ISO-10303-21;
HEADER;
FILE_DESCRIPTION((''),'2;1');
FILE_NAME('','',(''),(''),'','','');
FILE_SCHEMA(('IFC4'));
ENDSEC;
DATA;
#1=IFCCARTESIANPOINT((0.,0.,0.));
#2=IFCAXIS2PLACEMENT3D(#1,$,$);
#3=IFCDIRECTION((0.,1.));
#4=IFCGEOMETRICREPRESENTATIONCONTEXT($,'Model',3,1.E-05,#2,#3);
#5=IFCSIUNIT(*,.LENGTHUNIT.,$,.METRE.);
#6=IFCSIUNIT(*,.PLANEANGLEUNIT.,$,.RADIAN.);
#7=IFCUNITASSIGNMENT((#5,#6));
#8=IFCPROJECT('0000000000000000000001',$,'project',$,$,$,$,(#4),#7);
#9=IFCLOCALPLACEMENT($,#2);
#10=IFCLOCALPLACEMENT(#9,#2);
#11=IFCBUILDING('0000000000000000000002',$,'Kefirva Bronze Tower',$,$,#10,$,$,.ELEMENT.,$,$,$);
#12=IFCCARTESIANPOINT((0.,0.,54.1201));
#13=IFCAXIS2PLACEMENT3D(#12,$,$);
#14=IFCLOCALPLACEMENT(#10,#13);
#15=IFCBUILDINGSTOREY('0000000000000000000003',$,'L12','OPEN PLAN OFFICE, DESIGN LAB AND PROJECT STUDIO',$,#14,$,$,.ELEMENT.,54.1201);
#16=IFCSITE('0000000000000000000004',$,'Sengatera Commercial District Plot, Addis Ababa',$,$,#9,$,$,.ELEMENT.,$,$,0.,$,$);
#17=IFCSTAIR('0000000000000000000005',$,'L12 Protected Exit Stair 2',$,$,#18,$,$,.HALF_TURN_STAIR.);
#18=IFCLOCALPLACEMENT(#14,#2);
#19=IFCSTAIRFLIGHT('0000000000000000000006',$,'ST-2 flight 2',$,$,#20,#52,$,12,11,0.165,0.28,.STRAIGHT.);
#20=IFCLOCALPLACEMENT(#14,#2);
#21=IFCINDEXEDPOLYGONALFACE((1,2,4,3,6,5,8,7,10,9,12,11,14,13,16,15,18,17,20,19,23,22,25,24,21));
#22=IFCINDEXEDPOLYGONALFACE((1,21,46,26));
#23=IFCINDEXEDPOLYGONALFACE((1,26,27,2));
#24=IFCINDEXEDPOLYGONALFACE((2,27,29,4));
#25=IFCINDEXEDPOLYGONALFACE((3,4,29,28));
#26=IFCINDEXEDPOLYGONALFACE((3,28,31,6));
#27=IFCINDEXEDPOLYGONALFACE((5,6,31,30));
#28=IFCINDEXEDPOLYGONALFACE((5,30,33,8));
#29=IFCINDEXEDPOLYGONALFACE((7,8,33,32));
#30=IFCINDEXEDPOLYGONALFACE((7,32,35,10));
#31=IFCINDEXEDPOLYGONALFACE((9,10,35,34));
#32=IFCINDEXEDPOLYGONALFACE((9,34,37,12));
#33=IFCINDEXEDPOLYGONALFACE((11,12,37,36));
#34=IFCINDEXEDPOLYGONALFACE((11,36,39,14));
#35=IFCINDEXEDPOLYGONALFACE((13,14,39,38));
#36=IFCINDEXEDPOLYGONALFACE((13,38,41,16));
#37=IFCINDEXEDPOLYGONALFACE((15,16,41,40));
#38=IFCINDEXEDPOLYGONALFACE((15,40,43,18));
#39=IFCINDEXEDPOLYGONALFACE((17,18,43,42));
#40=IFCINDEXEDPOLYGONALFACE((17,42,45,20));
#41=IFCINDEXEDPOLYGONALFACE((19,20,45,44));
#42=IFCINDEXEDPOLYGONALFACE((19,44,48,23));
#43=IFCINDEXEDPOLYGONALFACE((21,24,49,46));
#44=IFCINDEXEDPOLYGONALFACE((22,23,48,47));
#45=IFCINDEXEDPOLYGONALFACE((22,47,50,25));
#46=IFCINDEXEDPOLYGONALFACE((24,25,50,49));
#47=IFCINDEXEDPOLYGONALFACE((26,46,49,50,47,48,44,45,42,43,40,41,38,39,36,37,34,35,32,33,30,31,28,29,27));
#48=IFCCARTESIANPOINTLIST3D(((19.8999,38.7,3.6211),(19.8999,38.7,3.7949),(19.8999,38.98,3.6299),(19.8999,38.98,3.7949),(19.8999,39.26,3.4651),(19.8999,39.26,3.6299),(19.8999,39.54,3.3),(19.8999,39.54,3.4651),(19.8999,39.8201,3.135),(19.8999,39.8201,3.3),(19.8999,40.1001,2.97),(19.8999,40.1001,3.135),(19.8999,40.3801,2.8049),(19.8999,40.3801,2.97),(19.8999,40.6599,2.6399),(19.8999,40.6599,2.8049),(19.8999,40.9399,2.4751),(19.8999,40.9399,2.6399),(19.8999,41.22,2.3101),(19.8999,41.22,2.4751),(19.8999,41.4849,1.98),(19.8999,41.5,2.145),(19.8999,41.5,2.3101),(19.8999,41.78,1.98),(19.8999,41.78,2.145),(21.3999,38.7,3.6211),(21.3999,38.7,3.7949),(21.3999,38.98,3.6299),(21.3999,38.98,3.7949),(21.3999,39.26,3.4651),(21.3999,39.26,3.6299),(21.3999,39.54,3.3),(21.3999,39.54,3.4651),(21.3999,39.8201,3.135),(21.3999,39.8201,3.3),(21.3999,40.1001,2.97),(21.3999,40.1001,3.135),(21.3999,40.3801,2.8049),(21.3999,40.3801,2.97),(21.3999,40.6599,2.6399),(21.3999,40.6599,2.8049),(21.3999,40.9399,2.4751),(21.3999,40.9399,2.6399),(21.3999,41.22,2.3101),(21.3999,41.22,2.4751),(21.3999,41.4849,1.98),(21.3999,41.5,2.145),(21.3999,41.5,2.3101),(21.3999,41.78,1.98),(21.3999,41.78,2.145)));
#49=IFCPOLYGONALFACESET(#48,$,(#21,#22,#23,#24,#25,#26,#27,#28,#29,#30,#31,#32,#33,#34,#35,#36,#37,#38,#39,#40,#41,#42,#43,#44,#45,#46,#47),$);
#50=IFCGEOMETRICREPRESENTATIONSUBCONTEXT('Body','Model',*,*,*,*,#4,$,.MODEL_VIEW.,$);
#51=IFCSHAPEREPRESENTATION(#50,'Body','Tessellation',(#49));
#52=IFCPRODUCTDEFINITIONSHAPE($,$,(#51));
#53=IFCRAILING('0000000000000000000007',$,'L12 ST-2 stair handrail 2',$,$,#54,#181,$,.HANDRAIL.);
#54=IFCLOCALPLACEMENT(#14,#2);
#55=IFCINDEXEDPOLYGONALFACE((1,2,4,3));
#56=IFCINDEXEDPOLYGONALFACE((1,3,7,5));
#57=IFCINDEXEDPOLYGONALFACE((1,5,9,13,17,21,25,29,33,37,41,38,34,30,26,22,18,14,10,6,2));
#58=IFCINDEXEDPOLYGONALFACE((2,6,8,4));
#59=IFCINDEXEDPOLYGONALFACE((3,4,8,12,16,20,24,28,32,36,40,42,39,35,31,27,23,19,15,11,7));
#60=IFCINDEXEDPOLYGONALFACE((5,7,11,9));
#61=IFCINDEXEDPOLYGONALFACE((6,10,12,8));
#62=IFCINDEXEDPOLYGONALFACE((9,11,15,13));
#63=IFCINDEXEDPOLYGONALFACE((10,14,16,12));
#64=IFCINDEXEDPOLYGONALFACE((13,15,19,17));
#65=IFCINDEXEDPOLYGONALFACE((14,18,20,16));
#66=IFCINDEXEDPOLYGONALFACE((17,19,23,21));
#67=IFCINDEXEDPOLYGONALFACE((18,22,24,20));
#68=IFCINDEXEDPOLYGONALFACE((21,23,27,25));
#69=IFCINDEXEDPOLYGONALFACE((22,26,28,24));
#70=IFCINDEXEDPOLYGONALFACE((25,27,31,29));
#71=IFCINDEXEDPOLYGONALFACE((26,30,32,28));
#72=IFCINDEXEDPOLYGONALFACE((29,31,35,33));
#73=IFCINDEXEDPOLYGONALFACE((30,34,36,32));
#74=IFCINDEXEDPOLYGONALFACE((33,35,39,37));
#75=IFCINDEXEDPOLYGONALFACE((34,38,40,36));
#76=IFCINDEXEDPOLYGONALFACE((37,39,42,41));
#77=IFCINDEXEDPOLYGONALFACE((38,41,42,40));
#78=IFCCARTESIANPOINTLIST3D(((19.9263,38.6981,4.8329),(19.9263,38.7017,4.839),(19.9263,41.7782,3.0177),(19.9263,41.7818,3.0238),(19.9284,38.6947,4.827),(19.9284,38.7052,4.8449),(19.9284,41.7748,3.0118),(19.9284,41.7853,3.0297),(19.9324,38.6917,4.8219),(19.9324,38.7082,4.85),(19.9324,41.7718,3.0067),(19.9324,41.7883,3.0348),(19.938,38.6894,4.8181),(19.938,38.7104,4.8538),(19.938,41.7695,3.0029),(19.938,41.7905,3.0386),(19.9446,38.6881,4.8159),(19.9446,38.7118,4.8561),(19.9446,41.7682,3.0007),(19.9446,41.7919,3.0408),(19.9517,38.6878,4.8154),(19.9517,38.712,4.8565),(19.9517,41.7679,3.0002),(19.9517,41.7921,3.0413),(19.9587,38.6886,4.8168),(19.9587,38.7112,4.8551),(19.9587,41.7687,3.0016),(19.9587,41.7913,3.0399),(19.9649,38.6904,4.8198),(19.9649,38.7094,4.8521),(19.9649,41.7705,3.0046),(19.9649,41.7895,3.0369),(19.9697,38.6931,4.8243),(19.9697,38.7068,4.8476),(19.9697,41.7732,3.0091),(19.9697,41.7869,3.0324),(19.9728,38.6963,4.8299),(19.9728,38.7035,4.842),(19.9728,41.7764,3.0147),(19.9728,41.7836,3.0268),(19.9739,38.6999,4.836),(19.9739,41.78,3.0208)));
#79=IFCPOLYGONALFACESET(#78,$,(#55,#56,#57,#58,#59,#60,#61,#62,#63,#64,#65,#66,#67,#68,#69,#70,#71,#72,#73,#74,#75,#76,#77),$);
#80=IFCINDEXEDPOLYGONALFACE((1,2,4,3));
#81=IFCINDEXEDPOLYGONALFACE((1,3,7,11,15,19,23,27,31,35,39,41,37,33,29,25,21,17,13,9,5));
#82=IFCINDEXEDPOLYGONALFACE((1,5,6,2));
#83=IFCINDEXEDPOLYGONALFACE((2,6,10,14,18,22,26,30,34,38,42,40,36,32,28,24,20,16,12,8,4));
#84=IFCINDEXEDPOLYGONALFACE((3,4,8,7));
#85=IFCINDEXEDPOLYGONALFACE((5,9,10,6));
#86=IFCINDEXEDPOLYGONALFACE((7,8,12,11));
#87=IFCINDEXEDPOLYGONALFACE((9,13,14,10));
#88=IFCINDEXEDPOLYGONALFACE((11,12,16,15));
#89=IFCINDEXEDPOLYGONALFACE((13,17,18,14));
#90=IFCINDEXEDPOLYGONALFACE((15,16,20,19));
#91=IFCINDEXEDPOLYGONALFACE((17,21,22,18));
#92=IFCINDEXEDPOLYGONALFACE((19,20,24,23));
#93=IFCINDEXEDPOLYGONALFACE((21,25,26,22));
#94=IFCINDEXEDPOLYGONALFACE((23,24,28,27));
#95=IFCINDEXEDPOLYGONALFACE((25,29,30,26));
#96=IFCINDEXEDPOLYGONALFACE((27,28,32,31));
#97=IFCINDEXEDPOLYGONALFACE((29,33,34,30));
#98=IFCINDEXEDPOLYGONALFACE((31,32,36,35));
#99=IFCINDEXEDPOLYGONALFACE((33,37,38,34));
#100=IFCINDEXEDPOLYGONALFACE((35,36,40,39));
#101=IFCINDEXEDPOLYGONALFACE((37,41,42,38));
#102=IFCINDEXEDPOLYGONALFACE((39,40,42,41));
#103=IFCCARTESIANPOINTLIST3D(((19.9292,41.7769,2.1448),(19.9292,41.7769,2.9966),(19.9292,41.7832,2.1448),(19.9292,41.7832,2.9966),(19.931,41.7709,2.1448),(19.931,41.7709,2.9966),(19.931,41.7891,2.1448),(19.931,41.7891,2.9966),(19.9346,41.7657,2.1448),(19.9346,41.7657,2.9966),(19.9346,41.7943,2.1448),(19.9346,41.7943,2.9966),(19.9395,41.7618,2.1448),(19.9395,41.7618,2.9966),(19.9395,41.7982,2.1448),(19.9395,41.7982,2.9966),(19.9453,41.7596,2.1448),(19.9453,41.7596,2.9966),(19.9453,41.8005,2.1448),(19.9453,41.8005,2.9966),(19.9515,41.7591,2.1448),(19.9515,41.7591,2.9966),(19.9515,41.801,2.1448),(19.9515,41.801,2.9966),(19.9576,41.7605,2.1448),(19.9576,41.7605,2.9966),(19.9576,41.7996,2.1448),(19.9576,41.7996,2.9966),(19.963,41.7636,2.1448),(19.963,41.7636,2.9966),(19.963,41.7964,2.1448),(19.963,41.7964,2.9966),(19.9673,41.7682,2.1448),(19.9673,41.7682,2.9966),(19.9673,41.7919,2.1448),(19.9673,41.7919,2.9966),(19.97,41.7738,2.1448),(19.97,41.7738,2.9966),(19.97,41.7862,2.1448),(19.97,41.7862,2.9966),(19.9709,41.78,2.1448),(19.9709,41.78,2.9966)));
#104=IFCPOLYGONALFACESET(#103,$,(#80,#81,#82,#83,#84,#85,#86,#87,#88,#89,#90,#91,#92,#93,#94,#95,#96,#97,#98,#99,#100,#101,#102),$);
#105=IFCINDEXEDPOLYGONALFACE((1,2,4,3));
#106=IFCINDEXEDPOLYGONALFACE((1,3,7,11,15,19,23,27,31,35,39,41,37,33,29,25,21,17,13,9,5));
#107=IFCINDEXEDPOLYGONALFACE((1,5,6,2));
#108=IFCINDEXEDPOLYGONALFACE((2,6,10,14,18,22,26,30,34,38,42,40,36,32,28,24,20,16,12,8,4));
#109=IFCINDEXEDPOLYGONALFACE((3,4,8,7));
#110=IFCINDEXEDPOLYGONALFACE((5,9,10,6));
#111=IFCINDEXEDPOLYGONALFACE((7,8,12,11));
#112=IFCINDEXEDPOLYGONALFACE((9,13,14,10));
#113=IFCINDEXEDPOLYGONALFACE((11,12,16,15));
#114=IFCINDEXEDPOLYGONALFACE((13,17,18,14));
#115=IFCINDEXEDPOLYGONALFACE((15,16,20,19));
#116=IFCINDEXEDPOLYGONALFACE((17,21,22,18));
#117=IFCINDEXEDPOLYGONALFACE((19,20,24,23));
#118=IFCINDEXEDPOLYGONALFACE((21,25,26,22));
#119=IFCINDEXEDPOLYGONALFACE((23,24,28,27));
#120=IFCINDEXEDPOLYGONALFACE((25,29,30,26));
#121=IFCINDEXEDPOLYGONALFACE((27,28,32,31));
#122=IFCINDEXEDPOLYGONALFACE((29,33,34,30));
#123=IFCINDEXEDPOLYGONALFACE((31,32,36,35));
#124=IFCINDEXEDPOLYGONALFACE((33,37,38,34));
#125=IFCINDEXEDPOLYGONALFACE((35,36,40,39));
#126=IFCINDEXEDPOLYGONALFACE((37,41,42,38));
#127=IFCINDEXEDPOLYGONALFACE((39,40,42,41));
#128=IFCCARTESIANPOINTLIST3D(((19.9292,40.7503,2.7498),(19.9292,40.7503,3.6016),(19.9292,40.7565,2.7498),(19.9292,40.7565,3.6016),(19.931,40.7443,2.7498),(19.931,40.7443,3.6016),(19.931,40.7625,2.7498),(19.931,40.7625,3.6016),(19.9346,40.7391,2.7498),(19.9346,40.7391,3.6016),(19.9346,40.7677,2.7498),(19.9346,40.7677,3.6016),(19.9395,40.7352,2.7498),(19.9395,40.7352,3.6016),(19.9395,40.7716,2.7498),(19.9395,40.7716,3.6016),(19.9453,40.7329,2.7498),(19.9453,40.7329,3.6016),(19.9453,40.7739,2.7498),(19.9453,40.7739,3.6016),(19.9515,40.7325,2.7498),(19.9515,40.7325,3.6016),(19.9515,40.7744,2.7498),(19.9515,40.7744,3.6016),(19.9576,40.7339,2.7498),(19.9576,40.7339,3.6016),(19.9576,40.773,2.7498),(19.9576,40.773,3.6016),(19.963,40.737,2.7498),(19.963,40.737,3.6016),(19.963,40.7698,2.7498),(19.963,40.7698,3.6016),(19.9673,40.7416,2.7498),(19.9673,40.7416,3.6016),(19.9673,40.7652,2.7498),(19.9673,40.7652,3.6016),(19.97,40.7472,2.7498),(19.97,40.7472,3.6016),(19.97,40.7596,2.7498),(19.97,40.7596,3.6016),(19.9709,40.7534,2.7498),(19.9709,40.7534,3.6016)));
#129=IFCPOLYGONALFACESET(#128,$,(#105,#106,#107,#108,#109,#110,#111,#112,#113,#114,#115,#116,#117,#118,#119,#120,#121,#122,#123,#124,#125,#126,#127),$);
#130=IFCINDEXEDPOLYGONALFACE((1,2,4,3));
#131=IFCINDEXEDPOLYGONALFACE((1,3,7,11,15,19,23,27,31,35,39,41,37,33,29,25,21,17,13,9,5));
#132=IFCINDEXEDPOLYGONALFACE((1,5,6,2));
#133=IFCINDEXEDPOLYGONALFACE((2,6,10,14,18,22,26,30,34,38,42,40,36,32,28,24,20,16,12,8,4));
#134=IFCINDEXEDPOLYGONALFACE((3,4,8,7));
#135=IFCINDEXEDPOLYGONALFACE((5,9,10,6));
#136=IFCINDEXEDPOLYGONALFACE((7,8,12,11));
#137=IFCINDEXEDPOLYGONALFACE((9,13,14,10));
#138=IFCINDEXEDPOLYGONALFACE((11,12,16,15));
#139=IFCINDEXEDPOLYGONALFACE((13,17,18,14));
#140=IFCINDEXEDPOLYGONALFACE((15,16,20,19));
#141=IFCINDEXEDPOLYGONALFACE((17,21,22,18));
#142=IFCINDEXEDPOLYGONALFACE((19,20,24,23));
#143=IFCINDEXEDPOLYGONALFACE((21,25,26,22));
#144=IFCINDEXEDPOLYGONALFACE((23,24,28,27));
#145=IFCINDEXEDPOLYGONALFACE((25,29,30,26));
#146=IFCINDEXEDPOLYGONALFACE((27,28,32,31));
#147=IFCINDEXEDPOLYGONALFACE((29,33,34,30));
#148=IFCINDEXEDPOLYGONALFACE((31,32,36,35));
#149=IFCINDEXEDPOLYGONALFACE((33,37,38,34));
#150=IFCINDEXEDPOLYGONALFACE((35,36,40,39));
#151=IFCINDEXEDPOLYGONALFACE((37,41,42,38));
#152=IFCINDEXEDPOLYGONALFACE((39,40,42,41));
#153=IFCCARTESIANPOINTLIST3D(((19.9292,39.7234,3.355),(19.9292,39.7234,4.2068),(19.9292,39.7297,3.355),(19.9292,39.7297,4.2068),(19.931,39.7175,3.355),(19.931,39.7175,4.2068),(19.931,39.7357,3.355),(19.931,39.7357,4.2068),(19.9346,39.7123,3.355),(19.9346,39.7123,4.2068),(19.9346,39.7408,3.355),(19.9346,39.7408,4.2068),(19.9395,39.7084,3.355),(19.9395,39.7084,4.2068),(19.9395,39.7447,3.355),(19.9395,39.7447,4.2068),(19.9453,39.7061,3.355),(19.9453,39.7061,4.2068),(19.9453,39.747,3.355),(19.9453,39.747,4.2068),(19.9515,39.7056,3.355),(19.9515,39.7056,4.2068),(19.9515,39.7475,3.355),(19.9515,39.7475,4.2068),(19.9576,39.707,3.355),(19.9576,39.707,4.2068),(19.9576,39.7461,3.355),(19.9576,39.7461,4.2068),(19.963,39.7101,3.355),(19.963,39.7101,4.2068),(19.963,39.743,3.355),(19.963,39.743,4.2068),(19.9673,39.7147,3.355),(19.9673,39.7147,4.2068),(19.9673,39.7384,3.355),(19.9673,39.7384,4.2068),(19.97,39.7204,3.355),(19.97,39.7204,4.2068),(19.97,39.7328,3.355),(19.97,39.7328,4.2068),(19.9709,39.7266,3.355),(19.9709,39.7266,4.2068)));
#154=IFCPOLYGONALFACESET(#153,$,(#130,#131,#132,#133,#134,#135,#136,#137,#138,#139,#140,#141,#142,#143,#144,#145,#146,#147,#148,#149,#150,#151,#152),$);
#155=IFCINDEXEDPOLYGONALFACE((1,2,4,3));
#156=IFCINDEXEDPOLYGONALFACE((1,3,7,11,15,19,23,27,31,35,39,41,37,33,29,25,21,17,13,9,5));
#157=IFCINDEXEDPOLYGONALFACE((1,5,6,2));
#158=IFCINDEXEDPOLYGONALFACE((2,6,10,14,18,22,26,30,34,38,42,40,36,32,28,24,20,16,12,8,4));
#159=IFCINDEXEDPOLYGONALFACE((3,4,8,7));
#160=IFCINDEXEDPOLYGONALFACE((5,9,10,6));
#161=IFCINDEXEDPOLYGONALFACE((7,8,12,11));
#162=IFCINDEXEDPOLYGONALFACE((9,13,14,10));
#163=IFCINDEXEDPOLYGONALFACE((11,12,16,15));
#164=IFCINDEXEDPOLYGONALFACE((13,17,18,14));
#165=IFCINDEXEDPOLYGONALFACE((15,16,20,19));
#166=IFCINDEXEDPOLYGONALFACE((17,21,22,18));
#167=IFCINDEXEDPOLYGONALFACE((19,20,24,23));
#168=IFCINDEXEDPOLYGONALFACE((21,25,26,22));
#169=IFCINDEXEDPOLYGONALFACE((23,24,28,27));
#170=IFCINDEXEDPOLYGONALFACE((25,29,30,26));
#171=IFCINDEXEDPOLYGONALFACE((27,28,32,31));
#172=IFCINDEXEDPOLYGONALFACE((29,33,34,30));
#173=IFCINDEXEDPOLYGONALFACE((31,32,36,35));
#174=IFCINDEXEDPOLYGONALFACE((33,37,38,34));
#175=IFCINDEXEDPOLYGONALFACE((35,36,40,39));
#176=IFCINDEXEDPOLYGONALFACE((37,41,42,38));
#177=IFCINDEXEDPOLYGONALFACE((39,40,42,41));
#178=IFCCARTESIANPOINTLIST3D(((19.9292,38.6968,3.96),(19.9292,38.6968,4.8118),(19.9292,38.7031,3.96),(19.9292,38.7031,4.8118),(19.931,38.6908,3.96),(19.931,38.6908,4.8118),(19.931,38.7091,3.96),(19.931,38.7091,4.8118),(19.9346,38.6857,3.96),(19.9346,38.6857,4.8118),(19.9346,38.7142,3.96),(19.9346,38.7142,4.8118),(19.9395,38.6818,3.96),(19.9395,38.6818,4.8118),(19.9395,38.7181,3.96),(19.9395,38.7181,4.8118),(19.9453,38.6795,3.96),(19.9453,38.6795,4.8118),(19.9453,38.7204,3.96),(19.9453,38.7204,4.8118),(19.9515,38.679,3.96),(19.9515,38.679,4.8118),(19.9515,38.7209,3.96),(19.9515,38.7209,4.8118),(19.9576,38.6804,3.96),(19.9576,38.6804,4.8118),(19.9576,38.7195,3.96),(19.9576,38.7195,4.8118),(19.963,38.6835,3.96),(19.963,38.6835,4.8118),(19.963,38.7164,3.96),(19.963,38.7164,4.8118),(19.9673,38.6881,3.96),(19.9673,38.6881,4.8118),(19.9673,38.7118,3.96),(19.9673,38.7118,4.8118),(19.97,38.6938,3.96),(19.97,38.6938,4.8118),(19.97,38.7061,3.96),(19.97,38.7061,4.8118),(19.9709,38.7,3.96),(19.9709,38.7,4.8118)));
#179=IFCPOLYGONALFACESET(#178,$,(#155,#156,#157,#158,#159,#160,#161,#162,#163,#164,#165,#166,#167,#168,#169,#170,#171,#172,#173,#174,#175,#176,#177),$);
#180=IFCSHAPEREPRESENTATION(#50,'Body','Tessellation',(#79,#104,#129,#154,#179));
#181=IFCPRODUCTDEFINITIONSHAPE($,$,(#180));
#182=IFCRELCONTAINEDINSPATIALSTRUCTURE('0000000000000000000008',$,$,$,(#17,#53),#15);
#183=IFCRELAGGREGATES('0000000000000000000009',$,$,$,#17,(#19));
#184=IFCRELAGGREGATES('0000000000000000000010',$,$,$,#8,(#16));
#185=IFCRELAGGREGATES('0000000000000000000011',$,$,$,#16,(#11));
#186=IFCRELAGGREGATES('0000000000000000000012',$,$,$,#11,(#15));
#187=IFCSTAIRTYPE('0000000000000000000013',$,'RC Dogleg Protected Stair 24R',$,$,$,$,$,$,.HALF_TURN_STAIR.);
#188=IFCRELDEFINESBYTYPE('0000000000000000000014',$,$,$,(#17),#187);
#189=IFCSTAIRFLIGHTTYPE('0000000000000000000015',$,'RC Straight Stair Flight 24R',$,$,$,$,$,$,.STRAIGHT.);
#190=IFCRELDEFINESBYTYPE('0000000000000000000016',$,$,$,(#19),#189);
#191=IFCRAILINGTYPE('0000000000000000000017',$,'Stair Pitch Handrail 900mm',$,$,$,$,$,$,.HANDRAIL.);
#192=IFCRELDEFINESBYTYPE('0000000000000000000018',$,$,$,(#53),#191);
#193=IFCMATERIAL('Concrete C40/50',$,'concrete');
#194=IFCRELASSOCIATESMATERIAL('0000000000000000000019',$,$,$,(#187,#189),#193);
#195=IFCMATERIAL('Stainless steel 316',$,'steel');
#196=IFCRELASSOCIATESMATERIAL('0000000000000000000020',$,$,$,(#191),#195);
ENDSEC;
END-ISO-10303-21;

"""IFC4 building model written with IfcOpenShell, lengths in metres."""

from ifc_helpers import new_model, si_unit, direction, frame, origin, origin_2d, place, context, subcontext, project, spatial, polyline, circle, outline, extrude, material, type_object, element, aggregate, save


model = new_model("IFC4")

# Units and contexts
model_context = context("Model", 3, precision=1e-05, world=origin(), true_north=direction((0.0, 1.0)))
body_context = subcontext(model_context, "Body", "Model", "MODEL_VIEW")
ifc_project = project(units=[si_unit("LENGTHUNIT", "METRE"), si_unit("PLANEANGLEUNIT", "RADIAN")], contexts=[model_context])

# Site, building, storey
site_placement = place(None, origin())
site = spatial("IfcSite", under=ifc_project, at=site_placement, Name="Sengatera Commercial District Plot, Addis Ababa", CompositionType="ELEMENT", RefElevation=0.0)
building_placement = place(site_placement, origin())
building = spatial("IfcBuilding", under=site, at=building_placement, Name="Kefirva Bronze Tower", CompositionType="ELEMENT")
storey_placement = place(building_placement, frame((0.0, 0.0, 54.1201)))
storey = spatial("IfcBuildingStorey", under=building, at=storey_placement, Name="L12", Description="OPEN PLAN OFFICE, DESIGN LAB AND PROJECT STUDIO", CompositionType="ELEMENT", Elevation=54.1201)

# Stair, stair flight
ifc_material_1 = material(Name="Concrete C40/50", Category="concrete")
stair_type = type_object("IfcStairType", Name="RC Dogleg Protected Stair 24R", PredefinedType="HALF_TURN_STAIR", material=ifc_material_1)
stair_placement = place(storey_placement, origin())
stair = element("IfcStair", 1, at=stair_placement, inside=storey, type_object=stair_type, Name="L12 Protected Exit Stair 2", PredefinedType="HALF_TURN_STAIR")
stair_flight_type = type_object("IfcStairFlightType", Name="RC Straight Stair Flight 24R", PredefinedType="STRAIGHT", material=ifc_material_1)
stair_flight_placement = place(storey_placement, frame((20.6499, 41.78, 1.98), z_axis=(0.0, 0.0, 1.0), x_axis=(0.0, -1.0, 0.0)))
stair_flight = element("IfcStairFlight", 2, at=stair_flight_placement, type_object=stair_flight_type, Name="ST-2 flight 2", NumberOfRisers=12, NumberOfTreads=11, PredefinedType="STRAIGHT", RiserHeight=0.165, TreadLength=0.28, context=body_context, shape_type="SweptSolid", body=[
    extrude(outline(polyline([(0.0, 0.0), (0.0, 0.165), (0.28, 0.165), (0.28, 0.3301), (0.5601, 0.3301), (0.5601, 0.4951), (0.8401, 0.4951), (0.8401, 0.6599), (1.1201, 0.6599), (1.1201, 0.825), (1.3999, 0.825), (1.3999, 0.99), (1.6799, 0.99), (1.6799, 1.155), (1.96, 1.155), (1.96, 1.3201), (2.24, 1.3201), (2.24, 1.4851), (2.52, 1.4851), (2.52, 1.6499), (2.8, 1.6499), (2.8, 1.8149), (3.0801, 1.8149), (3.0801, 1.98), (3.0801, 1.6411), (0.2952, 0.0), (0.0, 0.0)])), frame((0.0, 0.75, 0.0), z_axis=(0.0, -1.0, 0.0), x_axis=(1.0, 0.0, 0.0)), (0.0, 0.0, 1.0), 1.5),
])
aggregate(stair, [stair_flight])

# Railing
ifc_material_2 = material(Name="Stainless steel 316", Category="steel")
railing_type = type_object("IfcRailingType", Name="Stair Pitch Handrail 900mm", PredefinedType="HANDRAIL", material=ifc_material_2)
railing_placement = place(storey_placement, frame((19.95, 41.78, 2.1448)))
element("IfcRailing", 3, at=railing_placement, inside=storey, type_object=railing_type, Name="L12 ST-2 stair handrail 2", PredefinedType="HANDRAIL", context=body_context, shape_type="SweptSolid", body=[
    extrude(circle(Radius=0.0239, at=origin_2d()), frame((0.0, 0.0, 0.876), z_axis=(0.0, -0.861521, 0.507721), x_axis=(1.0, 0.0, 0.0)), (0.0, 0.0, 1.0), 3.5752),
    extrude(circle(Radius=0.021, at=origin_2d()), origin(), (0.0, 0.0, 1.0), 0.8518),
    extrude(circle(Radius=0.021, at=origin_2d()), frame((0.0, -1.0266, 0.605)), (0.0, 0.0, 1.0), 0.8518),
    extrude(circle(Radius=0.021, at=origin_2d()), frame((0.0, -2.0535, 1.2102)), (0.0, 0.0, 1.0), 0.8518),
    extrude(circle(Radius=0.021, at=origin_2d()), frame((0.0, -3.0801, 1.8152)), (0.0, 0.0, 1.0), 0.8518),
])

save(model, "model.ifc")
